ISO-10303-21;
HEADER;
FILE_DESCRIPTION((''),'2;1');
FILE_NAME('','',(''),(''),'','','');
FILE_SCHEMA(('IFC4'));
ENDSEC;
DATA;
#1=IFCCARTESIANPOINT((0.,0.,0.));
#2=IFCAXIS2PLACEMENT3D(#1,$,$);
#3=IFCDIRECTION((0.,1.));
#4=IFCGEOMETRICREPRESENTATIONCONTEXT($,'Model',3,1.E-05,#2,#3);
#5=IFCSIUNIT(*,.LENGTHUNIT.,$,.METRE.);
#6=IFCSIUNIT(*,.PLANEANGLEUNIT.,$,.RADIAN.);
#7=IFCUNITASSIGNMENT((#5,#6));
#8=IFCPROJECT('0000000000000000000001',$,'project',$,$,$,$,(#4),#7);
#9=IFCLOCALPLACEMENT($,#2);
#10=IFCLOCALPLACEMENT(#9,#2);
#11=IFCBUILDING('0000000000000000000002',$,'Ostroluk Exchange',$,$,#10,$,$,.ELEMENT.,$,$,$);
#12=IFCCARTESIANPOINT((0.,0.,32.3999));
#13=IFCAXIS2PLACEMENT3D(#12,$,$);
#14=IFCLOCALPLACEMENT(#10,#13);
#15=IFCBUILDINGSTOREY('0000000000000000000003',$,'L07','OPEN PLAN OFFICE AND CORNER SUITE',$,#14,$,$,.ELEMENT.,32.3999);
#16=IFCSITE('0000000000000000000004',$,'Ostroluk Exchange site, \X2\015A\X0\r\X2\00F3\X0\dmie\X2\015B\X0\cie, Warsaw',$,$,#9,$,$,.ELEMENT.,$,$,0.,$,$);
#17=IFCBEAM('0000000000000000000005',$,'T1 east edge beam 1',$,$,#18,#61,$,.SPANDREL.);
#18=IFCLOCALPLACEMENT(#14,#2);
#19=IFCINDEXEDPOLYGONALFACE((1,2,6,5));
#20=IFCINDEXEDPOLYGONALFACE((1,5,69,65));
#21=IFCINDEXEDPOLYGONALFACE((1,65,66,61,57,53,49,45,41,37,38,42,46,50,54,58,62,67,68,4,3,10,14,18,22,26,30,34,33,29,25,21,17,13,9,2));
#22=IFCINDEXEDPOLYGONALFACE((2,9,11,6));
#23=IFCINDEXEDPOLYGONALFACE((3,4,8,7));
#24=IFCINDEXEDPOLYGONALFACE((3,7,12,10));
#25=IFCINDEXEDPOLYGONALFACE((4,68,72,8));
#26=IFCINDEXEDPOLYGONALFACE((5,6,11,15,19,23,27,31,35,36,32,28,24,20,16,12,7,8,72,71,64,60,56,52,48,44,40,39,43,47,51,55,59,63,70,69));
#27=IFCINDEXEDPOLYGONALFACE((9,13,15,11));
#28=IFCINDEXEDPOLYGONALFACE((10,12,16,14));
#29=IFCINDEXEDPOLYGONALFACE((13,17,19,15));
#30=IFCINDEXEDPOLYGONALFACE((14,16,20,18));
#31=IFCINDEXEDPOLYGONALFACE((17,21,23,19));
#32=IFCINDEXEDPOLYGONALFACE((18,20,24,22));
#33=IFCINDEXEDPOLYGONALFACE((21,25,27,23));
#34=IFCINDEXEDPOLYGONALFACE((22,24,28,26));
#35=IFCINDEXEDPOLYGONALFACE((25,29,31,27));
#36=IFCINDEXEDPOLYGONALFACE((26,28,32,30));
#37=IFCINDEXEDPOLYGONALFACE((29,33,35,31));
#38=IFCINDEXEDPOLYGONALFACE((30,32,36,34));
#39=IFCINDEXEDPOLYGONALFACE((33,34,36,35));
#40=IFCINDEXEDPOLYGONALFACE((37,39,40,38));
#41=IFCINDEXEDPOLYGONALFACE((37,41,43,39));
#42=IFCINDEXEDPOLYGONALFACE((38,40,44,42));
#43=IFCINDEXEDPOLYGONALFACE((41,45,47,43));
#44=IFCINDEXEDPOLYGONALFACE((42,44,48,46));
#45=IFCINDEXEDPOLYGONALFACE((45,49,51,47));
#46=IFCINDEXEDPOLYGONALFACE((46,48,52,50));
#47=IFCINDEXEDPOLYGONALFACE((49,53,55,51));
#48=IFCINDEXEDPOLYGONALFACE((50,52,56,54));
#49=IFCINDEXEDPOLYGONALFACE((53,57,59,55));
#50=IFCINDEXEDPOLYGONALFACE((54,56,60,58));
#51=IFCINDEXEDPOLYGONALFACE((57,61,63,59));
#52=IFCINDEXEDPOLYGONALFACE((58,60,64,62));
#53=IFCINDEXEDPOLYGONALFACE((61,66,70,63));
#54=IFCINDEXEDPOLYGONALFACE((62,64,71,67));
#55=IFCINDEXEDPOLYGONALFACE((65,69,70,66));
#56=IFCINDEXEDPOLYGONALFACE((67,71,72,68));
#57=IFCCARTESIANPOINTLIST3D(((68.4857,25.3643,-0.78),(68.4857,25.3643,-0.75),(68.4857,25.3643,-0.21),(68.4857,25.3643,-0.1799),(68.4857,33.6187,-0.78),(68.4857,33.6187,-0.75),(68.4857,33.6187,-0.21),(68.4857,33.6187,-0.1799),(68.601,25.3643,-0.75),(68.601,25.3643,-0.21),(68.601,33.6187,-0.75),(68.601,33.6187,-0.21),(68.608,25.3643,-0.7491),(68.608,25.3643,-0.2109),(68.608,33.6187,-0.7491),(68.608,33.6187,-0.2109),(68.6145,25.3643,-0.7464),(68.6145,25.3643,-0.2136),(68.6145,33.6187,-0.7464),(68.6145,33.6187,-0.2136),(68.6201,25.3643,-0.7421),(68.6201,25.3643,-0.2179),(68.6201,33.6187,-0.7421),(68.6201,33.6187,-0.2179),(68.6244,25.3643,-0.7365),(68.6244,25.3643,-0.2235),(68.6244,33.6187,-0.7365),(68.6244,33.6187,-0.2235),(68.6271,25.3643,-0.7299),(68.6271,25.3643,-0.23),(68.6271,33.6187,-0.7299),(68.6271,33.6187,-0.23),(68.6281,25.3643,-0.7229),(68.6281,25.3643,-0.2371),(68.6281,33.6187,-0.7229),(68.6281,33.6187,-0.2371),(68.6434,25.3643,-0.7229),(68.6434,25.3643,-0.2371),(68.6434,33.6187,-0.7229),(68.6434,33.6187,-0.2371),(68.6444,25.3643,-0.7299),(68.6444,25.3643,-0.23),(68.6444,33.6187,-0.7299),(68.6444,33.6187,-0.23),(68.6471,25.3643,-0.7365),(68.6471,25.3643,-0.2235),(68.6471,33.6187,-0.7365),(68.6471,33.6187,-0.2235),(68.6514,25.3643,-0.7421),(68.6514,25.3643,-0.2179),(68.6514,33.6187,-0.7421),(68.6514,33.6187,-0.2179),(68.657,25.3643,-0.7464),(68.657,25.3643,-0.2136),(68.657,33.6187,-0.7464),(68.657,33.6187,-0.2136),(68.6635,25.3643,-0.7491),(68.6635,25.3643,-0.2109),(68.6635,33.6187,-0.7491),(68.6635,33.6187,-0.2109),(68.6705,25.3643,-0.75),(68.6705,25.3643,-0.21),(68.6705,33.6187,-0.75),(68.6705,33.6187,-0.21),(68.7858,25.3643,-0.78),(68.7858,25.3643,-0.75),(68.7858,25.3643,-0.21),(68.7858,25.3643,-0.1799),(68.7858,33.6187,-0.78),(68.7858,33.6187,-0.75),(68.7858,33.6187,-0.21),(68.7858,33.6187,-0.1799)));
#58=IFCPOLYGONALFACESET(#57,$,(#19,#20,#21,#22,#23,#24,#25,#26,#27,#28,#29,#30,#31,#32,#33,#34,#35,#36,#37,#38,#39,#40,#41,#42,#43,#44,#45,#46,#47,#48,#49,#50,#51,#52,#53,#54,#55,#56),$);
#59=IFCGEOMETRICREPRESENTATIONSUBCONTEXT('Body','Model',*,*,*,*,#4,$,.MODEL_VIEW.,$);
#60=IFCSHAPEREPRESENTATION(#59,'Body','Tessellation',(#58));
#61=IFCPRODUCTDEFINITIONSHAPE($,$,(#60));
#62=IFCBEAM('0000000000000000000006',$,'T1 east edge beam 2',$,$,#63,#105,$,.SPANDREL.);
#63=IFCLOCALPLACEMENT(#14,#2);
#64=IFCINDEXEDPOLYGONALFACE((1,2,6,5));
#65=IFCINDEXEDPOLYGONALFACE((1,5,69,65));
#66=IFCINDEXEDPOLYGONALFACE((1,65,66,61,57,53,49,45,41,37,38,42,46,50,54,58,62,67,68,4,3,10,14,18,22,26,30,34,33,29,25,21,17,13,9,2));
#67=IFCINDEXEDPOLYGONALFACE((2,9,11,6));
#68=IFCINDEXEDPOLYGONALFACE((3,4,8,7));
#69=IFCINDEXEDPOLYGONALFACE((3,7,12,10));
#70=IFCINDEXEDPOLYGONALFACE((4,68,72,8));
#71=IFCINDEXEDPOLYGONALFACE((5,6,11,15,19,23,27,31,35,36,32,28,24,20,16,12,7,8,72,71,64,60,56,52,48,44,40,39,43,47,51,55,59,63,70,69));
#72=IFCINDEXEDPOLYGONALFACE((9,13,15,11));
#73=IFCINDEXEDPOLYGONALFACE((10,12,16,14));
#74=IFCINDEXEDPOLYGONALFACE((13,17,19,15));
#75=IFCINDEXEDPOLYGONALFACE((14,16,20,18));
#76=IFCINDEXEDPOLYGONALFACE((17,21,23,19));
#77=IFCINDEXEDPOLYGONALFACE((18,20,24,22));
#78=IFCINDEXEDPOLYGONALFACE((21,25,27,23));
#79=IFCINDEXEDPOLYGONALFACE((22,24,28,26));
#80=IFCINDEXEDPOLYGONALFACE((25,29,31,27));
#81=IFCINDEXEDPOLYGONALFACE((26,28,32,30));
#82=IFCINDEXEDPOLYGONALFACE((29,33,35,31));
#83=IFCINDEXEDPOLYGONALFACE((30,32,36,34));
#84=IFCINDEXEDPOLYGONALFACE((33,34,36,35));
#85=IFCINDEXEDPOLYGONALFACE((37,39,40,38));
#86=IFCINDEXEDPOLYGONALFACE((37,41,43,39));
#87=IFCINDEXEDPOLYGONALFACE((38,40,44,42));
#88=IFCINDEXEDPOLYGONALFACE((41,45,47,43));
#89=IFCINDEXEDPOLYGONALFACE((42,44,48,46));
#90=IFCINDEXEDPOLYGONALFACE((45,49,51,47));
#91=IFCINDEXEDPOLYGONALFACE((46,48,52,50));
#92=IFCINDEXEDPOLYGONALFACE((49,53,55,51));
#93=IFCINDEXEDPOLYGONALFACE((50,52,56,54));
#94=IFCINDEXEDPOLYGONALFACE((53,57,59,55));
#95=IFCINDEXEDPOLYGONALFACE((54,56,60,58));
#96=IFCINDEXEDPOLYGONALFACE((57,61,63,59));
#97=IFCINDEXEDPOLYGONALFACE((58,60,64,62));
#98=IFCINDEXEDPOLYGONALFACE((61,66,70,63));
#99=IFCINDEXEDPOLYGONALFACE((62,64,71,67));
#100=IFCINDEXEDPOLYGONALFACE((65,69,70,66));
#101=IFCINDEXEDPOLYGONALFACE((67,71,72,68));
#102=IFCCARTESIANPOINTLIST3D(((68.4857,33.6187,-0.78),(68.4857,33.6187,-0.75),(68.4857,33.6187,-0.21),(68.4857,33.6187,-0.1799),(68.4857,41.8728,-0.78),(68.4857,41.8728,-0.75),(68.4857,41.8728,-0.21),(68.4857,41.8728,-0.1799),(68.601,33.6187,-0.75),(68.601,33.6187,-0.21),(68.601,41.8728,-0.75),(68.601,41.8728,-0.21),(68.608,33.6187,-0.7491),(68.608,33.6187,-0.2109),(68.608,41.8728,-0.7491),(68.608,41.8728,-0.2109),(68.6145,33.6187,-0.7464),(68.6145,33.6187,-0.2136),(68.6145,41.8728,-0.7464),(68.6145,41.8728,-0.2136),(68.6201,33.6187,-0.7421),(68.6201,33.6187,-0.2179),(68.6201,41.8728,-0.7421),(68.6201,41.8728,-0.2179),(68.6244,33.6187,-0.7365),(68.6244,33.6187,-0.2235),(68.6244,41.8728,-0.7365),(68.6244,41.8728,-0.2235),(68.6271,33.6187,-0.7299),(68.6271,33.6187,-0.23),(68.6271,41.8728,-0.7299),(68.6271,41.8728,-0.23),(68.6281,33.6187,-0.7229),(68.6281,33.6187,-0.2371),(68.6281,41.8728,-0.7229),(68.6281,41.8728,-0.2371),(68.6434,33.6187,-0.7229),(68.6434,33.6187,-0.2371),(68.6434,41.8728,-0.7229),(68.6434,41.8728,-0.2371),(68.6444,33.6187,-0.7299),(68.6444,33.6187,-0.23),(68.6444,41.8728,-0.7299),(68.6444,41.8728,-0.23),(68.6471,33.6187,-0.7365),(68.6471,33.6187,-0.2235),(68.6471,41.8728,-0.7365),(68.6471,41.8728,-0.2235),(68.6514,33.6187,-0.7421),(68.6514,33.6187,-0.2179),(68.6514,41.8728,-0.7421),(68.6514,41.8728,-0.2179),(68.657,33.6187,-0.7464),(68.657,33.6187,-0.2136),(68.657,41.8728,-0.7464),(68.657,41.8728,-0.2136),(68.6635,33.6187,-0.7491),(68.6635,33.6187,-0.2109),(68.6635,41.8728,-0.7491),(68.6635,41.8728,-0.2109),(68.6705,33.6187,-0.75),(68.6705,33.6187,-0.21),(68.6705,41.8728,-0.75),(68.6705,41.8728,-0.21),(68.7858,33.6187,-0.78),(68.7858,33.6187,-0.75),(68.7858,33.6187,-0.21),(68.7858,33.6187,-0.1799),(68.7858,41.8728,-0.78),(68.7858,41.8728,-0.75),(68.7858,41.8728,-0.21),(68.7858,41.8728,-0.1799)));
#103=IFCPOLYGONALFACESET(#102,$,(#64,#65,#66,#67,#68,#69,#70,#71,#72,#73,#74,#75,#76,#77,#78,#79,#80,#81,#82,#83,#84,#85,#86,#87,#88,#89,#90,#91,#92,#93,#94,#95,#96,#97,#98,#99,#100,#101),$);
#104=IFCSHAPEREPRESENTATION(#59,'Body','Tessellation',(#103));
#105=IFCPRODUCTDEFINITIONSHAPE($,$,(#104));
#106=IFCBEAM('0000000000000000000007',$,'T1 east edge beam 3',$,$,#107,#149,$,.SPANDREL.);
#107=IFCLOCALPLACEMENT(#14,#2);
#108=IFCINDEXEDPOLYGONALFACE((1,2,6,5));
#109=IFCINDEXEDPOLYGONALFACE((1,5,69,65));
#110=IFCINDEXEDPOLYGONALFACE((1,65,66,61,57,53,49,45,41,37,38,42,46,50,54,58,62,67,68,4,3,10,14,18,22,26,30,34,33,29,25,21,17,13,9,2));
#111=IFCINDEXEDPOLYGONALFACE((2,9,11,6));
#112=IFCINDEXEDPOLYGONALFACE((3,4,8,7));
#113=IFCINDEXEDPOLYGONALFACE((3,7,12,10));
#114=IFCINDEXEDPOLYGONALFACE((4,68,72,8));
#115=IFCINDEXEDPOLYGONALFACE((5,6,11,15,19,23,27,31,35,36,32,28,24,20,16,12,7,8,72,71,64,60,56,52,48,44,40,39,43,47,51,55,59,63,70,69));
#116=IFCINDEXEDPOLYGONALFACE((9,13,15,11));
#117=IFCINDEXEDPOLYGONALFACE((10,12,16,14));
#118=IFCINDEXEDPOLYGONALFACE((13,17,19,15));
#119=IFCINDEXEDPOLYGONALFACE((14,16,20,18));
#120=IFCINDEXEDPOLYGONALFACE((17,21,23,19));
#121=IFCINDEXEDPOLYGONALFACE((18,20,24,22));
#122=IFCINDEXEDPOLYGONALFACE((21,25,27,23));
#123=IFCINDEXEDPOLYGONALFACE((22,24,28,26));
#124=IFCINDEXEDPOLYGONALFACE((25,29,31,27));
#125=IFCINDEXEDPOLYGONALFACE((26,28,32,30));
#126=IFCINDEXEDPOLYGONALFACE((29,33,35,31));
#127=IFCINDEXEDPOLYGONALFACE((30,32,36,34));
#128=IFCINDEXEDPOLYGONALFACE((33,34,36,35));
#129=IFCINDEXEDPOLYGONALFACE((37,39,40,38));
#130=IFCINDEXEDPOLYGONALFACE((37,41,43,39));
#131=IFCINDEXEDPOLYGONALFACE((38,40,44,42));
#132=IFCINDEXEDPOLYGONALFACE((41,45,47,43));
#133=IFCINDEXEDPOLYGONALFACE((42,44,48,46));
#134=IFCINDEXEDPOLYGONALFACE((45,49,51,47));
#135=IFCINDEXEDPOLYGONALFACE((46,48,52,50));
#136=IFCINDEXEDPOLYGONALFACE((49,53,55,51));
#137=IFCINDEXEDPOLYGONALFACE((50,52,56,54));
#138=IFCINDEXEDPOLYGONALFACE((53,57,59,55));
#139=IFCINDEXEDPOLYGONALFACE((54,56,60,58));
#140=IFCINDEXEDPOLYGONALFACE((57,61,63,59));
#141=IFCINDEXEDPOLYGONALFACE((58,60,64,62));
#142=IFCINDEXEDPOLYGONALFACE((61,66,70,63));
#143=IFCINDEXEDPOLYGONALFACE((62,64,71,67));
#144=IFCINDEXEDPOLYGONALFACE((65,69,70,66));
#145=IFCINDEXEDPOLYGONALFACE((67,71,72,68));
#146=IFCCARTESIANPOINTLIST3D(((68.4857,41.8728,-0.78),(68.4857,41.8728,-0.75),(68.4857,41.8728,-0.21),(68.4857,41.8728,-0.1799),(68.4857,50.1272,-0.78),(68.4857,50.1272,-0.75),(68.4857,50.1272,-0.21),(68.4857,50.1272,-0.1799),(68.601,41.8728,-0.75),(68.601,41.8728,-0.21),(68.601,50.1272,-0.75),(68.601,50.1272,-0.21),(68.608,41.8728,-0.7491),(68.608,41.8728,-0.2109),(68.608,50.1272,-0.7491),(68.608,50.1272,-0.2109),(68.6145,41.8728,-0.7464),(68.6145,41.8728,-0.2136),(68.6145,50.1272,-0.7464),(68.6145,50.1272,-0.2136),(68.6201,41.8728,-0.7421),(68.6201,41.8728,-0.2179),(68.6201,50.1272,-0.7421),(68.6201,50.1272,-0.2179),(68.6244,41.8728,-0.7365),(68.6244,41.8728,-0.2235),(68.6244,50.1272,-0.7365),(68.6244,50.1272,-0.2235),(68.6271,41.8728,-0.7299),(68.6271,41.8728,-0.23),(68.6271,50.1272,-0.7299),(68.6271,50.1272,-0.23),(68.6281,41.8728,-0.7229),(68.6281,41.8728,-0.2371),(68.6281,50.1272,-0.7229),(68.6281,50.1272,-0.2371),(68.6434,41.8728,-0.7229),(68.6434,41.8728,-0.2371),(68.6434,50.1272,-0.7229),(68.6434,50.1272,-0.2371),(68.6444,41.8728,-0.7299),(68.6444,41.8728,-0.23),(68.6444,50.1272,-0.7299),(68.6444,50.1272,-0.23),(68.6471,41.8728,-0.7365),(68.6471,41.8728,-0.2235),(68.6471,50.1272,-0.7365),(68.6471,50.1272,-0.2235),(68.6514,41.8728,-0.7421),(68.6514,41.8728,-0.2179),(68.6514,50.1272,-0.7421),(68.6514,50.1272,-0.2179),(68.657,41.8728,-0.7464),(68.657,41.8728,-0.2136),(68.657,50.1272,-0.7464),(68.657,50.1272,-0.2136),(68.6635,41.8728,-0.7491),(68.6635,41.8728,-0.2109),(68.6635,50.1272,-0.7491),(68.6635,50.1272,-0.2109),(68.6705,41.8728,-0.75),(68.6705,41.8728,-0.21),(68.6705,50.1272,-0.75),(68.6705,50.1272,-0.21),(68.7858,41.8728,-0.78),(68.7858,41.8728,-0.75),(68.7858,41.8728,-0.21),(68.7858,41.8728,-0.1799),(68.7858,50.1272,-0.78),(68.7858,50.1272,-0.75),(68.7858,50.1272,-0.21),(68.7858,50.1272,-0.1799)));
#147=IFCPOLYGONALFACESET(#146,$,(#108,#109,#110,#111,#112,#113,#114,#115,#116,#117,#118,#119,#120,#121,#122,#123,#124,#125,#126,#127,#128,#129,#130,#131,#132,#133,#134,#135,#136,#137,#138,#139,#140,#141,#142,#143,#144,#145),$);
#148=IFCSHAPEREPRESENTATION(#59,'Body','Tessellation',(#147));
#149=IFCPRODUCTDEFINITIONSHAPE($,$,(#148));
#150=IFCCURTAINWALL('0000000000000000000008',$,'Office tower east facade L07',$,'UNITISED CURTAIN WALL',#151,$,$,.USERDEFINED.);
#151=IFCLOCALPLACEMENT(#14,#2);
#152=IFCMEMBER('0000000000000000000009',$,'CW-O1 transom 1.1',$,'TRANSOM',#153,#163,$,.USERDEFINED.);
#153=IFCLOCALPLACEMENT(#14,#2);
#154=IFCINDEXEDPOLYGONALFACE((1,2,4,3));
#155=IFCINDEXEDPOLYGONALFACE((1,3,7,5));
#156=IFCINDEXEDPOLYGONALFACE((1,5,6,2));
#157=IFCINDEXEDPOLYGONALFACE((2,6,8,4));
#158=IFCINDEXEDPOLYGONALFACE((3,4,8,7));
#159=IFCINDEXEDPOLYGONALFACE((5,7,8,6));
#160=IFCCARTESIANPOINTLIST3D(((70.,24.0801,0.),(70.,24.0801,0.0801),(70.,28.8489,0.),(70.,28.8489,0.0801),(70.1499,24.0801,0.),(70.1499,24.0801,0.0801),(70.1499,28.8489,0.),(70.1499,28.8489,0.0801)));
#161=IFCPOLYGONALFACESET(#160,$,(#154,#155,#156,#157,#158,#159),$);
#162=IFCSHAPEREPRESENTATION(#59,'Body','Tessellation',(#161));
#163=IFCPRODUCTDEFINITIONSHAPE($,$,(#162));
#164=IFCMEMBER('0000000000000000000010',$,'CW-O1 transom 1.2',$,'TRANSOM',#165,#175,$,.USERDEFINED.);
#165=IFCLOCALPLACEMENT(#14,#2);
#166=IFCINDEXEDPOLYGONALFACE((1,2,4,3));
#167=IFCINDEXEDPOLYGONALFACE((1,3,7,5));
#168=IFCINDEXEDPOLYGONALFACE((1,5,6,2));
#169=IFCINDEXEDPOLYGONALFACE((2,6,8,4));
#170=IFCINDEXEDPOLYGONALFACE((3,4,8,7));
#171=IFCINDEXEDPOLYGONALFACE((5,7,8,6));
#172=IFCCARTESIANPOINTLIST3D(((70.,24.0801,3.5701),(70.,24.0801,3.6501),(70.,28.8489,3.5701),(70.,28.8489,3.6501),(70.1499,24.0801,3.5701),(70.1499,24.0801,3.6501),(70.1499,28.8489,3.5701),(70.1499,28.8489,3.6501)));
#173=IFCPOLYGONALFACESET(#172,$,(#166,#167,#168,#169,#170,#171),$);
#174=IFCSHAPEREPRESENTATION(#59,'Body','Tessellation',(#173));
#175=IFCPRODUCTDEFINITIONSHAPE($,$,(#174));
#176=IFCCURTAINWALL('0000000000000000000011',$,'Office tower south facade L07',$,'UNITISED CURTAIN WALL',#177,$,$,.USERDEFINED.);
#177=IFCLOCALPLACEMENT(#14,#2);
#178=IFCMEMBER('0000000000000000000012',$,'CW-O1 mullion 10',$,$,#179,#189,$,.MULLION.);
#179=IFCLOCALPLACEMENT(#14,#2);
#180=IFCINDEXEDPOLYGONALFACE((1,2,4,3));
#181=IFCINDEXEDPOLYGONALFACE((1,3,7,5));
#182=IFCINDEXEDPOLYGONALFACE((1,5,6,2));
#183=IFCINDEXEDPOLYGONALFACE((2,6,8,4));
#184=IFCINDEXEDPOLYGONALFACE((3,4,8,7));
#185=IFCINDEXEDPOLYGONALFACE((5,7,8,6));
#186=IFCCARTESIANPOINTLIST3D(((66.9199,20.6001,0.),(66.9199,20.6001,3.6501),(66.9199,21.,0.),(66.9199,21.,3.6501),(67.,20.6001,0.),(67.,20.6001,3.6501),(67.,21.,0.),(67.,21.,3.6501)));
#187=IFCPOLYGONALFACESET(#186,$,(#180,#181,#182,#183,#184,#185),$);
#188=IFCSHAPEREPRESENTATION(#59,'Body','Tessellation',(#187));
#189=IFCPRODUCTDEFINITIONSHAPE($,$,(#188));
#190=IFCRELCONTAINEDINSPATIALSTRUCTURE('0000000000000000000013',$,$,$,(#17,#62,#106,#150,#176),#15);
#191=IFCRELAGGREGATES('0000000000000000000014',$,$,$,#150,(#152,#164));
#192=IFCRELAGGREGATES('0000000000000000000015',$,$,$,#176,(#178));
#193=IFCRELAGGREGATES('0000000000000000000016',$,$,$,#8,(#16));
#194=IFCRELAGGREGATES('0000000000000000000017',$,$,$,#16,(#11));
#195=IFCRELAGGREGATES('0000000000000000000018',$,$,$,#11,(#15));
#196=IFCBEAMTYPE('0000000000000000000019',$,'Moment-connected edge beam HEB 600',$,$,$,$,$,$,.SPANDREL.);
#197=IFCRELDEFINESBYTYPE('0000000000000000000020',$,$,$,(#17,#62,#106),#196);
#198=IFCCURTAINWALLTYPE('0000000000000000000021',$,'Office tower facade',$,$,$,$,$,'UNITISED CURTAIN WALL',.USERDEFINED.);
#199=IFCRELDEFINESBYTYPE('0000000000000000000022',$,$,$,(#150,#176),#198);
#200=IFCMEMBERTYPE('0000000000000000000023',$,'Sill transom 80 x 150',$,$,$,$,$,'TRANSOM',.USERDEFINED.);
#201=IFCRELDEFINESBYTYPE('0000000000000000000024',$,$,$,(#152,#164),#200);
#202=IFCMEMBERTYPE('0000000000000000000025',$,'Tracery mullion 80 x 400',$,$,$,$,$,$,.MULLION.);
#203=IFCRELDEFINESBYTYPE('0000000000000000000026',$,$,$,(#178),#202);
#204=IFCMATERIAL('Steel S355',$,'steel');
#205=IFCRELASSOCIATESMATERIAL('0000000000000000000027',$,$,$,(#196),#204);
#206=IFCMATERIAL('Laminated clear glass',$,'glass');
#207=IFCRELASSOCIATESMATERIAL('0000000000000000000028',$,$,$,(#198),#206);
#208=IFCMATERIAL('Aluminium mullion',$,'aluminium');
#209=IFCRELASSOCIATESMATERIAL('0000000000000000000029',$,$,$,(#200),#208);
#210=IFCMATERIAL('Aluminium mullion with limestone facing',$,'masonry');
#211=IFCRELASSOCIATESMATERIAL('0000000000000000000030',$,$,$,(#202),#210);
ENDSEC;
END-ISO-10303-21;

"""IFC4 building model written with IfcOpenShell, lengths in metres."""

from ifc_helpers import new_model, si_unit, direction, frame, origin, origin_2d, place, context, subcontext, project, spatial, rectangle, i_section, extrude, material, material_profile, profile_set, type_object, element, aggregate, save


model = new_model("IFC4")

# Units and contexts
model_context = context("Model", 3, precision=1e-05, world=origin(), true_north=direction((0.0, 1.0)))
body_context = subcontext(model_context, "Body", "Model", "MODEL_VIEW")
ifc_project = project(units=[si_unit("LENGTHUNIT", "METRE"), si_unit("PLANEANGLEUNIT", "RADIAN")], contexts=[model_context])

# Site, building, storey
site_placement = place(None, origin())
site = spatial("IfcSite", under=ifc_project, at=site_placement, Name="Ostroluk Exchange site, Śródmieście, Warsaw", CompositionType="ELEMENT", RefElevation=0.0)
building_placement = place(site_placement, origin())
building = spatial("IfcBuilding", under=site, at=building_placement, Name="Ostroluk Exchange", CompositionType="ELEMENT")
storey_placement = place(building_placement, frame((0.0, 0.0, 32.3999)))
storey = spatial("IfcBuildingStorey", under=building, at=storey_placement, Name="L07", Description="OPEN PLAN OFFICE AND CORNER SUITE", CompositionType="ELEMENT", Elevation=32.3999)

# Beams
ifc_material_1 = material(Name="Steel S355", Category="steel")
ifc_material_profile_1 = material_profile(ifc_material_1, i_section(OverallWidth=0.3, OverallDepth=0.6001, WebThickness=0.0154, FlangeThickness=0.03, FilletRadius=0.0271, at=origin_2d()), Name="HEB 600")
ifc_profile_set_1 = profile_set([ifc_material_profile_1], Name="Steel S355")
beam_type_1 = type_object("IfcBeamType", Name="Moment-connected edge beam HEB 600", PredefinedType="SPANDREL", material=ifc_profile_set_1)
beam_1_placement = place(storey_placement, frame((68.6357, 25.3643, -0.48), z_axis=(0.0, 1.0, 0.0), x_axis=(-1.0, 0.0, 0.0)))
element("IfcBeam", 1, at=beam_1_placement, inside=storey, type_object=beam_type_1, Name="T1 east edge beam 1", PredefinedType="SPANDREL", context=body_context, shape_type="SweptSolid", body=[
    extrude(i_section(OverallWidth=0.3, OverallDepth=0.6001, WebThickness=0.0154, FlangeThickness=0.03, FilletRadius=0.0271, at=origin_2d()), origin(), (0.0, 0.0, 1.0), 8.2544),
])
beam_2_placement = place(storey_placement, frame((68.6357, 33.6187, -0.48), z_axis=(0.0, 1.0, 0.0), x_axis=(-1.0, 0.0, 0.0)))
element("IfcBeam", 2, at=beam_2_placement, inside=storey, type_object=beam_type_1, Name="T1 east edge beam 2", PredefinedType="SPANDREL", context=body_context, shape_type="SweptSolid", body=[
    extrude(i_section(OverallWidth=0.3, OverallDepth=0.6001, WebThickness=0.0154, FlangeThickness=0.03, FilletRadius=0.0271, at=origin_2d()), origin(), (0.0, 0.0, 1.0), 8.2542),
])
beam_3_placement = place(storey_placement, frame((68.6357, 41.8728, -0.48), z_axis=(0.0, 1.0, 0.0), x_axis=(-1.0, 0.0, 0.0)))
element("IfcBeam", 3, at=beam_3_placement, inside=storey, type_object=beam_type_1, Name="T1 east edge beam 3", PredefinedType="SPANDREL", context=body_context, shape_type="SweptSolid", body=[
    extrude(i_section(OverallWidth=0.3, OverallDepth=0.6001, WebThickness=0.0154, FlangeThickness=0.03, FilletRadius=0.0271, at=origin_2d()), origin(), (0.0, 0.0, 1.0), 8.2544),
])

# Curtain wall, members
ifc_material_2 = material(Name="Laminated clear glass", Category="glass")
curtain_wall_type = type_object("IfcCurtainWallType", Name="Office tower facade", ElementType="UNITISED CURTAIN WALL", PredefinedType="USERDEFINED", material=ifc_material_2)
curtain_wall_1_placement = place(storey_placement, origin())
curtain_wall_1 = element("IfcCurtainWall", 4, at=curtain_wall_1_placement, inside=storey, type_object=curtain_wall_type, Name="Office tower east facade L07", ObjectType="UNITISED CURTAIN WALL", PredefinedType="USERDEFINED")
ifc_material_3 = material(Name="Aluminium mullion", Category="aluminium")
ifc_material_profile_2 = material_profile(ifc_material_3, rectangle(XDim=0.1499, YDim=0.0801, at=origin_2d()), Name="Sill transom 80 x 150")
ifc_profile_set_2 = profile_set([ifc_material_profile_2], Name="Aluminium mullion")
member_type_1 = type_object("IfcMemberType", Name="Sill transom 80 x 150", ElementType="TRANSOM", PredefinedType="USERDEFINED", material=ifc_profile_set_2)
member_1_placement = place(storey_placement, frame((70.075, 24.0801, 0.04), z_axis=(0.0, 1.0, 0.0), x_axis=(-1.0, 0.0, 0.0)))
member_1 = element("IfcMember", 5, at=member_1_placement, type_object=member_type_1, Name="CW-O1 transom 1.1", ObjectType="TRANSOM", PredefinedType="USERDEFINED", context=body_context, shape_type="SweptSolid", body=[
    extrude(rectangle(XDim=0.1499, YDim=0.0801, at=origin_2d()), origin(), (0.0, 0.0, 1.0), 4.7688),
])
member_2_placement = place(storey_placement, frame((70.075, 24.0801, 3.6101), z_axis=(0.0, 1.0, 0.0), x_axis=(-1.0, 0.0, 0.0)))
member_2 = element("IfcMember", 6, at=member_2_placement, type_object=member_type_1, Name="CW-O1 transom 1.2", ObjectType="TRANSOM", PredefinedType="USERDEFINED", context=body_context, shape_type="SweptSolid", body=[
    extrude(rectangle(XDim=0.1499, YDim=0.0801, at=origin_2d()), origin(), (0.0, 0.0, 1.0), 4.7688),
])
aggregate(curtain_wall_1, [member_1, member_2])

# Curtain wall, member
curtain_wall_2_placement = place(storey_placement, origin())
curtain_wall_2 = element("IfcCurtainWall", 7, at=curtain_wall_2_placement, inside=storey, type_object=curtain_wall_type, Name="Office tower south facade L07", ObjectType="UNITISED CURTAIN WALL", PredefinedType="USERDEFINED")
ifc_material_4 = material(Name="Aluminium mullion with limestone facing", Category="masonry")
ifc_material_profile_3 = material_profile(ifc_material_4, rectangle(XDim=0.3999, YDim=0.0801, at=origin_2d()), Name="Tracery mullion 80 x 400")
ifc_profile_set_3 = profile_set([ifc_material_profile_3], Name="Aluminium mullion with limestone facing")
member_type_2 = type_object("IfcMemberType", Name="Tracery mullion 80 x 400", PredefinedType="MULLION", material=ifc_profile_set_3)
member_3_placement = place(storey_placement, frame((66.96, 20.8, 0.0), z_axis=(0.0, 0.0, 1.0), x_axis=(0.0, 1.0, 0.0)))
member_3 = element("IfcMember", 8, at=member_3_placement, type_object=member_type_2, Name="CW-O1 mullion 10", PredefinedType="MULLION", context=body_context, shape_type="SweptSolid", body=[
    extrude(rectangle(XDim=0.3999, YDim=0.0801, at=origin_2d()), origin(), (0.0, 0.0, 1.0), 3.6501),
])
aggregate(curtain_wall_2, [member_3])

save(model, "model.ifc")
